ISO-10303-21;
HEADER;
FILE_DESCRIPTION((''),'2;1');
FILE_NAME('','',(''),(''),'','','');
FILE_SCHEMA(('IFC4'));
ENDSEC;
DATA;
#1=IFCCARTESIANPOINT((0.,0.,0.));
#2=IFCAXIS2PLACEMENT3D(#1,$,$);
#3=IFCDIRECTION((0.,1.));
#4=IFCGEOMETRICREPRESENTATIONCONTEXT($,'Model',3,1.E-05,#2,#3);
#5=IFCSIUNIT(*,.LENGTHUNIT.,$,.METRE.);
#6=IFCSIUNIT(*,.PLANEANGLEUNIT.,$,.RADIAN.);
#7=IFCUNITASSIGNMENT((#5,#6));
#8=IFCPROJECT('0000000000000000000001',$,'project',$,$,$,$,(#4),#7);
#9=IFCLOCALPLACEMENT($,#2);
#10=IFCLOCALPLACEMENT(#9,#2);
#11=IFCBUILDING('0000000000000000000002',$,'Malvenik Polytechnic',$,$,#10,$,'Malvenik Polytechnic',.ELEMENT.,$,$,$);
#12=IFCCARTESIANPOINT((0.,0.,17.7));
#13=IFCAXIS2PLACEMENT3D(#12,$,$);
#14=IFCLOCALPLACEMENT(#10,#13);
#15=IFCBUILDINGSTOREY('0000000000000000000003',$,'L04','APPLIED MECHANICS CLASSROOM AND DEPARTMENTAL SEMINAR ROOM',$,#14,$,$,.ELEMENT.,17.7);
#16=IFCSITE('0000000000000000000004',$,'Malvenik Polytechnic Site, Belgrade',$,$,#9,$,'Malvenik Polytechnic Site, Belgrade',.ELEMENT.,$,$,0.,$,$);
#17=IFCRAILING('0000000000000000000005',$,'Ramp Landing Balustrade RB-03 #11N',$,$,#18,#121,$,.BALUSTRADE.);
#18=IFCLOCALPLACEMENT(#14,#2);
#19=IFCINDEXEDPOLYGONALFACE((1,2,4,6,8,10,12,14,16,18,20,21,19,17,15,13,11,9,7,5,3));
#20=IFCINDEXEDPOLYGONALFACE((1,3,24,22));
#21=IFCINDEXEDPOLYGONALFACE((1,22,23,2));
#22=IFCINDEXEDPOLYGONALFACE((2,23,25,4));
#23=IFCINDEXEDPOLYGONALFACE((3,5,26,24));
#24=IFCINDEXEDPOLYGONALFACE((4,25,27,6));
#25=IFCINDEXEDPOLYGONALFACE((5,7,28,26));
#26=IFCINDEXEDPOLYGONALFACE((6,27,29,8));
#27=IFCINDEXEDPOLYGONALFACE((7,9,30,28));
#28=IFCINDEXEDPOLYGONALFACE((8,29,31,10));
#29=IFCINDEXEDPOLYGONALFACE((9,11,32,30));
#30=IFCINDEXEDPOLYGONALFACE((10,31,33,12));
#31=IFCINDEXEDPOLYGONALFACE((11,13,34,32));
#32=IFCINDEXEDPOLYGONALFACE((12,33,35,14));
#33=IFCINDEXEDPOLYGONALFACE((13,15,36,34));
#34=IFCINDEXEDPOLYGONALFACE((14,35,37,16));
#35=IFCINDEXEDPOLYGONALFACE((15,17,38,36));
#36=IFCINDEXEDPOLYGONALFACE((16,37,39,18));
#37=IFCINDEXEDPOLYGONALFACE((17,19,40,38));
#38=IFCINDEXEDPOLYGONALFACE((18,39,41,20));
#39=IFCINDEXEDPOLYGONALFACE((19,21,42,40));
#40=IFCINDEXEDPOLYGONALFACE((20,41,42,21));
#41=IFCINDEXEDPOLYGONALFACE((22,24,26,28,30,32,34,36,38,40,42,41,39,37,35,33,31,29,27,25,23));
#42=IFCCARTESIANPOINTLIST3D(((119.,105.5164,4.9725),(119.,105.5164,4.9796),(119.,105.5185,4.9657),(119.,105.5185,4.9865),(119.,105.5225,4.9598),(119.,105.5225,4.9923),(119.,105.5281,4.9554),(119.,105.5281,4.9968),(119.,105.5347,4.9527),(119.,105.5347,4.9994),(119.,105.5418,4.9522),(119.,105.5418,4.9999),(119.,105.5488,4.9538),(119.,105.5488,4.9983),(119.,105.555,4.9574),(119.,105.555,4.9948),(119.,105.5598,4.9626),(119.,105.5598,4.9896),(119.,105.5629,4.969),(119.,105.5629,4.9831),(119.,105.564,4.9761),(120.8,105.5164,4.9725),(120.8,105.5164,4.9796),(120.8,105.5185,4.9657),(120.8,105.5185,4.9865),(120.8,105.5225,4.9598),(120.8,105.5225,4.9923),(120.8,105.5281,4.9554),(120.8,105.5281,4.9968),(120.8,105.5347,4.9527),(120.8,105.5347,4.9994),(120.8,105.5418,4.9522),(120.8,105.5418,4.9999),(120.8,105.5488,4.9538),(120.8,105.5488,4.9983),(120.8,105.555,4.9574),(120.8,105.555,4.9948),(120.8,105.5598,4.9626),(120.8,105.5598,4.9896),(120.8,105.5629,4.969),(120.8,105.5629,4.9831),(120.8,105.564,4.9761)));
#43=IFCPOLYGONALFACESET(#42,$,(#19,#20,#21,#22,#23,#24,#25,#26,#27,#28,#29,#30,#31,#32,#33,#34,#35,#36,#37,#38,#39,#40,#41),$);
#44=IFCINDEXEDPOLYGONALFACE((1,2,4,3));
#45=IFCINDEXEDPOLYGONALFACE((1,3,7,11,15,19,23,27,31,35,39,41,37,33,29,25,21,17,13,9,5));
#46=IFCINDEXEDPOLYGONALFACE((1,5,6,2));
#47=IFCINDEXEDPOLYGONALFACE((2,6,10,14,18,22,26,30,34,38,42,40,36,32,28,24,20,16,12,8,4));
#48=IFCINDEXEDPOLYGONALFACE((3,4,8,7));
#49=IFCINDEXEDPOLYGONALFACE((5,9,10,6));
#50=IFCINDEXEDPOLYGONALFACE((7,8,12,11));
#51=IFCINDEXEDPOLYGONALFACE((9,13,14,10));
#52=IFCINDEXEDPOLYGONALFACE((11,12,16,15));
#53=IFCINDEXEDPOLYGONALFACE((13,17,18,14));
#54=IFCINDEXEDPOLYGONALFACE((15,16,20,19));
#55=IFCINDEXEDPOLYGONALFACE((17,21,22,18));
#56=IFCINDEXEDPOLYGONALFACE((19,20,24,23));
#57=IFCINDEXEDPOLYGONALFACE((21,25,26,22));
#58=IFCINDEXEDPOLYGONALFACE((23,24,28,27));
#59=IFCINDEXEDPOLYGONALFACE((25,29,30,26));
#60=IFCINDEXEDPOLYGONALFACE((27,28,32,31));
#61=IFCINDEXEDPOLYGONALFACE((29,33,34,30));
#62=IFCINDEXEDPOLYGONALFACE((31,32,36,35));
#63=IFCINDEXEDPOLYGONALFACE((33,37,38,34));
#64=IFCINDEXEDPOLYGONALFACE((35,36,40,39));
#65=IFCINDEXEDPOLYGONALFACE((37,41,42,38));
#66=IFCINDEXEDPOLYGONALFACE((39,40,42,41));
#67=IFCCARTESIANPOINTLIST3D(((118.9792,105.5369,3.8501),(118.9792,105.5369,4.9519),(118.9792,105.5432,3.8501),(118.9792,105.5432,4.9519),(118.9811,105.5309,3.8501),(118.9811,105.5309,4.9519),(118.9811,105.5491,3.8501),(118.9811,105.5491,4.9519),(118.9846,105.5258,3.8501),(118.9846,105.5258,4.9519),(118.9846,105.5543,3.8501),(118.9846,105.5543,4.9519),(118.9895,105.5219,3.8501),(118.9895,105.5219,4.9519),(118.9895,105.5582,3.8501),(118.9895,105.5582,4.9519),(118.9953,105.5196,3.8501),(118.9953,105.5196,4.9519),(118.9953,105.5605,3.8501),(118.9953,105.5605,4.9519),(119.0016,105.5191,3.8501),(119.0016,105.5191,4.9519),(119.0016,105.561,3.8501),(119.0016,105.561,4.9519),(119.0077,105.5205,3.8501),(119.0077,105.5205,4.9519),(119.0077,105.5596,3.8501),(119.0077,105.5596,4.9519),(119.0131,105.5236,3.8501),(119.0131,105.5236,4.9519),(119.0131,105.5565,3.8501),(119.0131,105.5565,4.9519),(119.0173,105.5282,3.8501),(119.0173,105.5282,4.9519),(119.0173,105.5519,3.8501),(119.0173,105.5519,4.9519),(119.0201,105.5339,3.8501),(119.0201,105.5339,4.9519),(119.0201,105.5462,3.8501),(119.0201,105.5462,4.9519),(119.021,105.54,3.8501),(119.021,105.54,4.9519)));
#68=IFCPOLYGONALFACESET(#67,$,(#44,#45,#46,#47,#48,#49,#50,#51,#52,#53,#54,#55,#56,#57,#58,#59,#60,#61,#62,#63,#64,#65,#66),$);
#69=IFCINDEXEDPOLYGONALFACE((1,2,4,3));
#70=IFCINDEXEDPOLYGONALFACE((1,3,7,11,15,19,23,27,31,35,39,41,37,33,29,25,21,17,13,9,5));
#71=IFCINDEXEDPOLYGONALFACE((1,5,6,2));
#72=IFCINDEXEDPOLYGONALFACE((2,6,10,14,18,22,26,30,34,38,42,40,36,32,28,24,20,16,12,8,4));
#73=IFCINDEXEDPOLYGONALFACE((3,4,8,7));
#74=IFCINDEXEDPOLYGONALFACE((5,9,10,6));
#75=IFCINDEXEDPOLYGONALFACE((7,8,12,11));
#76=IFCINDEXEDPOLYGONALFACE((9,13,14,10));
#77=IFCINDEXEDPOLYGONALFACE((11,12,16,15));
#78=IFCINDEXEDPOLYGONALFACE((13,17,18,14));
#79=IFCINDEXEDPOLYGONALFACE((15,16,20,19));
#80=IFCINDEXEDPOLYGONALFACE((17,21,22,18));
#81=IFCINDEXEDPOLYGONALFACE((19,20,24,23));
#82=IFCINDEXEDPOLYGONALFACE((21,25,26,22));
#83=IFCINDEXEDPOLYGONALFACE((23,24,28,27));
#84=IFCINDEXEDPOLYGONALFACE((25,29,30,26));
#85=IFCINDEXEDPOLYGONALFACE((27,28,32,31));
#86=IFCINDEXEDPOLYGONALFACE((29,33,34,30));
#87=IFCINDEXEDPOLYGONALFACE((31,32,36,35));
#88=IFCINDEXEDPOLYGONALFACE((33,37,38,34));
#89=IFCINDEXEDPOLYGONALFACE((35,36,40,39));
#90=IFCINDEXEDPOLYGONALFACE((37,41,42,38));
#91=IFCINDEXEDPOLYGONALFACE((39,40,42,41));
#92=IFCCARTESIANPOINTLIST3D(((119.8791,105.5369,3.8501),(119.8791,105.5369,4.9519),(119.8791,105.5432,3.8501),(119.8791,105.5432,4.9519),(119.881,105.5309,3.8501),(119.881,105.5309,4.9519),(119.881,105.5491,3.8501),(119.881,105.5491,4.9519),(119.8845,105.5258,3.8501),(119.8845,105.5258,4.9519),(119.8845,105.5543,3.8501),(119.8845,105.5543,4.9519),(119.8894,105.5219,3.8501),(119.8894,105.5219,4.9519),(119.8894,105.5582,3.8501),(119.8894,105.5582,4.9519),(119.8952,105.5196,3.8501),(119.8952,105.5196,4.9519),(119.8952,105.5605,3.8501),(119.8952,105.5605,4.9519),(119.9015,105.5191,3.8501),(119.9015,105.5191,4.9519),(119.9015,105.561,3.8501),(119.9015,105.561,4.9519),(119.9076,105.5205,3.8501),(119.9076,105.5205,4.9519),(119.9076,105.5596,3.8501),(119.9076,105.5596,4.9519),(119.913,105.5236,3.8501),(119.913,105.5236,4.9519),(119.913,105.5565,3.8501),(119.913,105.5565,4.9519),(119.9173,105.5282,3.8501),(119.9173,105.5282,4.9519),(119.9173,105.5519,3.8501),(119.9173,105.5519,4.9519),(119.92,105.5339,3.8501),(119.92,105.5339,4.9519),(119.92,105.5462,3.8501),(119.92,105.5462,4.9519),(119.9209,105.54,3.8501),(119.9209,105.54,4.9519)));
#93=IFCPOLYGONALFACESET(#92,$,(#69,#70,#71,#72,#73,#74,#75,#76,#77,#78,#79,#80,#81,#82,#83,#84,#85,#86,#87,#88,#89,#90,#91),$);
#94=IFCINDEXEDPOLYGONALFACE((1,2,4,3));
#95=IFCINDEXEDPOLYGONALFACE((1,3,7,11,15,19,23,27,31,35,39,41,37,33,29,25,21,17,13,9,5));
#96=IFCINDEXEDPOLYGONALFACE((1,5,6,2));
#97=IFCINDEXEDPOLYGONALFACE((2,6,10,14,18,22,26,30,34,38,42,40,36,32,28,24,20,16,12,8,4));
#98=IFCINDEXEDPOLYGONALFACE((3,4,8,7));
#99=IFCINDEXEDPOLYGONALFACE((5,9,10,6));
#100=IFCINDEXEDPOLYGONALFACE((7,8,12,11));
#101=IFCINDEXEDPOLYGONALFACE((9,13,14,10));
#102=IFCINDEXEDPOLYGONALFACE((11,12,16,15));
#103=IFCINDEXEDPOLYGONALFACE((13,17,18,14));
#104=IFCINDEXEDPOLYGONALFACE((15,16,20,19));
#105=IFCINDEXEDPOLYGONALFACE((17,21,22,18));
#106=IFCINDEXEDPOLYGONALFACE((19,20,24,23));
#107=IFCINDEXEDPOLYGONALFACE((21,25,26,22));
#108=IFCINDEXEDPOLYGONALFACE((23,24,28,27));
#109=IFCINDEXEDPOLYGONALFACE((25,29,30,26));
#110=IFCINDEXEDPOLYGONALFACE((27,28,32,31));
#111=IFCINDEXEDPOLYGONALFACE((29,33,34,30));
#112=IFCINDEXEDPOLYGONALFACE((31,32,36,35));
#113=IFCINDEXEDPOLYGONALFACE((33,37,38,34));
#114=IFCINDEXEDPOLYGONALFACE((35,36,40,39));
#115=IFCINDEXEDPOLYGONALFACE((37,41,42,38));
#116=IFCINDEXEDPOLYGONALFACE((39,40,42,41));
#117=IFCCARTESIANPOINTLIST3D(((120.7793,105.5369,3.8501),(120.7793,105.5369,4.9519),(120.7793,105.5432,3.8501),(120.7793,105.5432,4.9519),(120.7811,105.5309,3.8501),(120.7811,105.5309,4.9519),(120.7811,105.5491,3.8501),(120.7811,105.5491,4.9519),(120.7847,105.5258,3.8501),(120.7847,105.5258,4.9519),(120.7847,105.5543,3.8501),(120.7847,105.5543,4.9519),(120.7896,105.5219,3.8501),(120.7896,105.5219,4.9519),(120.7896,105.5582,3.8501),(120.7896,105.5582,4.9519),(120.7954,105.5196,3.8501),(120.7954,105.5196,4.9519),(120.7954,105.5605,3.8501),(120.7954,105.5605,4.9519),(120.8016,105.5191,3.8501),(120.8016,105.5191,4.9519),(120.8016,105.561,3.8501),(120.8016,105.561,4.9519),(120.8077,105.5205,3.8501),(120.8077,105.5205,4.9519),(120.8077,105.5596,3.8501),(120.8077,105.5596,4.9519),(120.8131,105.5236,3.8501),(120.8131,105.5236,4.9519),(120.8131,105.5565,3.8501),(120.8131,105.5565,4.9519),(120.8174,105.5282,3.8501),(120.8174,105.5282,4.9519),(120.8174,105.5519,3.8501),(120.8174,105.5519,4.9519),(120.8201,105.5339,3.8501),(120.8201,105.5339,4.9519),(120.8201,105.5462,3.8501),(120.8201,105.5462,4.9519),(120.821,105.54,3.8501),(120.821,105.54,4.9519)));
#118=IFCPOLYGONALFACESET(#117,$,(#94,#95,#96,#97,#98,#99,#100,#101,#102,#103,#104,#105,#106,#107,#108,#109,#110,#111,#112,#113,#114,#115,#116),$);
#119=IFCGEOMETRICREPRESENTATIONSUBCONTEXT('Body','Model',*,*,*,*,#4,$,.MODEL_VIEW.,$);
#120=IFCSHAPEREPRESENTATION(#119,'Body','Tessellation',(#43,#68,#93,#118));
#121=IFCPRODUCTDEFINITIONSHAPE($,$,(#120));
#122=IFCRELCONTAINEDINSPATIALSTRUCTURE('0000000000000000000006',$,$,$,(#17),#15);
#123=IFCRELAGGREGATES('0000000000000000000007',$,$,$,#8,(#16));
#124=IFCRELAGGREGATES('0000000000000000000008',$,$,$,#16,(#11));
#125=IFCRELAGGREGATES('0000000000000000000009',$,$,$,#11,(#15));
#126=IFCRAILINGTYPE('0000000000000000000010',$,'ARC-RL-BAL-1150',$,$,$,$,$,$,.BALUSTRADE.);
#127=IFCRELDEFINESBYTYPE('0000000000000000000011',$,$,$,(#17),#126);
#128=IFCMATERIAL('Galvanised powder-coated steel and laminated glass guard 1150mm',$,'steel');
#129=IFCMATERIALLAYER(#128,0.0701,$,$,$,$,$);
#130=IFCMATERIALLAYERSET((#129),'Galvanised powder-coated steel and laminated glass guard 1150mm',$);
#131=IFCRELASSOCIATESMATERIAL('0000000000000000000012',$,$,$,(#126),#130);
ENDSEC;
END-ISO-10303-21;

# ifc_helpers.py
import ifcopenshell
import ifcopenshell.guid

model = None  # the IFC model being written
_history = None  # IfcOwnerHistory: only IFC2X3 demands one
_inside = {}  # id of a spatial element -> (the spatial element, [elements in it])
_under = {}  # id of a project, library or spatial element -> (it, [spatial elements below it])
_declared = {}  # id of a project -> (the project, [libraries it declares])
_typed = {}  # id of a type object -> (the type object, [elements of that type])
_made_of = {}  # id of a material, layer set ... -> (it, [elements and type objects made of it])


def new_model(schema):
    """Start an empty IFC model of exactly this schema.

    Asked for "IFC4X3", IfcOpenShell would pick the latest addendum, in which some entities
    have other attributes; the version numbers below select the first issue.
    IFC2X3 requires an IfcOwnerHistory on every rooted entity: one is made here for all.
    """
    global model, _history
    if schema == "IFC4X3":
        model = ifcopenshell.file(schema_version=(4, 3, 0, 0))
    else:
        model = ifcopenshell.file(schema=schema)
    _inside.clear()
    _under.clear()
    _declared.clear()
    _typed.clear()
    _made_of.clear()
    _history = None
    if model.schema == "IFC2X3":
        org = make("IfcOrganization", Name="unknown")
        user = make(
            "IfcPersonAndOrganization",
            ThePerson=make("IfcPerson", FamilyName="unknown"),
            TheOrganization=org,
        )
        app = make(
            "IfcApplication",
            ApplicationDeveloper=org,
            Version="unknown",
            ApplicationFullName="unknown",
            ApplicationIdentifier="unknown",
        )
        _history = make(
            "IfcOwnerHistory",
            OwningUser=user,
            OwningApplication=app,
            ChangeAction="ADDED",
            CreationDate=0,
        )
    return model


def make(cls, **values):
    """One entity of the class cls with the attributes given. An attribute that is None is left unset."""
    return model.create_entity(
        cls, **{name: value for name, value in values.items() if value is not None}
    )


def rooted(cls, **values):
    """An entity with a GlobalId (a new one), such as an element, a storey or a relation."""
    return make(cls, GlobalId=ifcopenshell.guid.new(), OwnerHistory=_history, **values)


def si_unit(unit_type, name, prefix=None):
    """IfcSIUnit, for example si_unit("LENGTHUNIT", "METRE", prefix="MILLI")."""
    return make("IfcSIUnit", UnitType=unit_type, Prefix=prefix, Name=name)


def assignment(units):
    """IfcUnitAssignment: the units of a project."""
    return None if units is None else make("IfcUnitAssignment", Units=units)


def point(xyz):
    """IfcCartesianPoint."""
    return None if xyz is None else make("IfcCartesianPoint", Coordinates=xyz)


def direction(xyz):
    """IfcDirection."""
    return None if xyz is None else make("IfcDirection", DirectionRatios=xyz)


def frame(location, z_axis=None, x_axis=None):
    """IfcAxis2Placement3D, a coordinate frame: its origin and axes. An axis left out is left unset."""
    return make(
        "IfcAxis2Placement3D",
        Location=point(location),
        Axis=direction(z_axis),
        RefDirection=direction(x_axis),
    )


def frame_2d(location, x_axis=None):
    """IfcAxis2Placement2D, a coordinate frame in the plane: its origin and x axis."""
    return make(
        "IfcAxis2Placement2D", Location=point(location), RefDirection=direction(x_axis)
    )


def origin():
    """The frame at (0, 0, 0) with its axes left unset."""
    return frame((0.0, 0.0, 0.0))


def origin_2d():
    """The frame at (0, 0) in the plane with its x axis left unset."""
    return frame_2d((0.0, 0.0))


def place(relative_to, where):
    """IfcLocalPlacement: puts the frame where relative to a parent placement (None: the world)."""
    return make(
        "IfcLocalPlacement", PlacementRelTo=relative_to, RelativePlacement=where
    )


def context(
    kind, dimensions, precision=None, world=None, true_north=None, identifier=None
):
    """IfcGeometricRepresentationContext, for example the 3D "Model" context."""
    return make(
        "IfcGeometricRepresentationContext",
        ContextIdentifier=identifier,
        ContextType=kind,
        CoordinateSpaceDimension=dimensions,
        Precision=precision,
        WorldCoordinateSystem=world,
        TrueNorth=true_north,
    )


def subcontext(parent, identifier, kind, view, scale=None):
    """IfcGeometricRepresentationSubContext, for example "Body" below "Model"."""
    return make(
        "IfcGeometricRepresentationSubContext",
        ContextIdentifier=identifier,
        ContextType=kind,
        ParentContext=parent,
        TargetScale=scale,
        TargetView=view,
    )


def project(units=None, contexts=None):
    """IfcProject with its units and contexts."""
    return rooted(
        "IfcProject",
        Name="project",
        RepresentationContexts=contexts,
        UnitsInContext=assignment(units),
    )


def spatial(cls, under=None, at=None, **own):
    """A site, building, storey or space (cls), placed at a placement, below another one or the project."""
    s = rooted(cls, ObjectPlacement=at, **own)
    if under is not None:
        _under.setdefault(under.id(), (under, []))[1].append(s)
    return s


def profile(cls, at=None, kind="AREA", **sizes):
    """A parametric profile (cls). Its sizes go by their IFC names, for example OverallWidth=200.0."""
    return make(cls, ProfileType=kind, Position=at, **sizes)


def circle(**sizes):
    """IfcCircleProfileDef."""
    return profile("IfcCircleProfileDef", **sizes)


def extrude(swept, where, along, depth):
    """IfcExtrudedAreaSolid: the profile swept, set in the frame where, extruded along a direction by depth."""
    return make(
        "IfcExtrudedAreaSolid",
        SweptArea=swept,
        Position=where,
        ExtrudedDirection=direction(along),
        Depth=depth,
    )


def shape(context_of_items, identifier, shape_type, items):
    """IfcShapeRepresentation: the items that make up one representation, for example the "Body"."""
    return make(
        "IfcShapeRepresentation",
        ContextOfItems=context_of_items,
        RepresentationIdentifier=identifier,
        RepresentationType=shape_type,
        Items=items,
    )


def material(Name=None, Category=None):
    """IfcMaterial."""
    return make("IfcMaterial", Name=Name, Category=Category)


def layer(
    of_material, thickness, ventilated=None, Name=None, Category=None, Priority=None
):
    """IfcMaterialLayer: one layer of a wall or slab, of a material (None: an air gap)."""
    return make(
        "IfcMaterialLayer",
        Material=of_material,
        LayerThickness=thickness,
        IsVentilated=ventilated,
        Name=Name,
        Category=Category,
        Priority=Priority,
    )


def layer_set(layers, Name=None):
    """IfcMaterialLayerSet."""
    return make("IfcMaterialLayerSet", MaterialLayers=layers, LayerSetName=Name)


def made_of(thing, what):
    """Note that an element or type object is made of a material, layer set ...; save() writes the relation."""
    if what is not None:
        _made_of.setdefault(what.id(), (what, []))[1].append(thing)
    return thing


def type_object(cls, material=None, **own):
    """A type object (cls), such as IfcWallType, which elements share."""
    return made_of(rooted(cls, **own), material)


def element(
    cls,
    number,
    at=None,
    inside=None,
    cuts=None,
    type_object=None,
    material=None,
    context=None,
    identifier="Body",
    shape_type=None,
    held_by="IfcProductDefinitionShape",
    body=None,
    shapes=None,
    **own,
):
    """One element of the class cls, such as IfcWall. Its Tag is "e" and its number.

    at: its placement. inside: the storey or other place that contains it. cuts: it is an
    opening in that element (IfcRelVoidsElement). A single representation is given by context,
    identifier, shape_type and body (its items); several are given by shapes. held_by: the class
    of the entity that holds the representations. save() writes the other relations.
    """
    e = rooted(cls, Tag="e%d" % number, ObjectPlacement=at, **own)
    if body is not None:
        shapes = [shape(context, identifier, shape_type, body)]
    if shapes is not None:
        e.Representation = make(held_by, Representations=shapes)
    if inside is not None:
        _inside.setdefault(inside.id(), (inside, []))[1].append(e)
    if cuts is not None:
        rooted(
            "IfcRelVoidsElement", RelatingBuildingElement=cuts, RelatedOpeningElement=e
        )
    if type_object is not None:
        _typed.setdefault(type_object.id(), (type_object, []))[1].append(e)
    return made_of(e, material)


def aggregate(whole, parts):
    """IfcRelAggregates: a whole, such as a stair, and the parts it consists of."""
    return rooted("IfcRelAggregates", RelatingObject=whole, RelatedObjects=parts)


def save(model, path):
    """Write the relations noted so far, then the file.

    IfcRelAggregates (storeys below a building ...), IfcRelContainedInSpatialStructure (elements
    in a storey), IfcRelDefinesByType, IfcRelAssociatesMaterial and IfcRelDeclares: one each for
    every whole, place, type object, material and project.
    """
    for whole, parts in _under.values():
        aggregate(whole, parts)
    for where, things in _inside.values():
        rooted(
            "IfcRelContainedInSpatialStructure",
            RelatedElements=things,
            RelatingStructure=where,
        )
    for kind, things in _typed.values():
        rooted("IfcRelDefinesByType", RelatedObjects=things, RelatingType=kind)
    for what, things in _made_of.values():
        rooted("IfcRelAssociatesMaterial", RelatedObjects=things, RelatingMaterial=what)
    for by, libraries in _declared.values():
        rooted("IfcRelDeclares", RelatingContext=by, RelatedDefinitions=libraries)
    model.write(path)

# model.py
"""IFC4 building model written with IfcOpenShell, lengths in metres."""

from ifc_helpers import new_model, si_unit, direction, frame, origin, origin_2d, place, context, subcontext, project, spatial, circle, extrude, material, layer, layer_set, type_object, element, save


model = new_model("IFC4")

# Units and contexts
model_context = context("Model", 3, precision=1e-05, world=origin(), true_north=direction((0.0, 1.0)))
body_context = subcontext(model_context, "Body", "Model", "MODEL_VIEW")
ifc_project = project(units=[si_unit("LENGTHUNIT", "METRE"), si_unit("PLANEANGLEUNIT", "RADIAN")], contexts=[model_context])

# Site, building, storey
site_placement = place(None, origin())
site = spatial("IfcSite", under=ifc_project, at=site_placement, Name="Malvenik Polytechnic Site, Belgrade", LongName="Malvenik Polytechnic Site, Belgrade", CompositionType="ELEMENT", RefElevation=0.0)
building_placement = place(site_placement, origin())
building = spatial("IfcBuilding", under=site, at=building_placement, Name="Malvenik Polytechnic", LongName="Malvenik Polytechnic", CompositionType="ELEMENT")
storey_placement = place(building_placement, frame((0.0, 0.0, 17.7)))
storey = spatial("IfcBuildingStorey", under=building, at=storey_placement, Name="L04", Description="APPLIED MECHANICS CLASSROOM AND DEPARTMENTAL SEMINAR ROOM", CompositionType="ELEMENT", Elevation=17.7)

# Railing
ifc_material_1 = material(Name="Galvanised powder-coated steel and laminated glass guard 1150mm", Category="steel")
ifc_layer_1 = layer(ifc_material_1, 0.0701)
ifc_layer_set_1 = layer_set([ifc_layer_1], Name="Galvanised powder-coated steel and laminated glass guard 1150mm")
railing_type_1 = type_object("IfcRailingType", Name="ARC-RL-BAL-1150", PredefinedType="BALUSTRADE", material=ifc_layer_set_1)
railing_1_placement = place(storey_placement, frame((119.0, 105.54, 3.8501)))
element("IfcRailing", 1, at=railing_1_placement, inside=storey, type_object=railing_type_1, Name="Ramp Landing Balustrade RB-03 #11N", PredefinedType="BALUSTRADE", context=body_context, shape_type="SweptSolid", body=[
    extrude(circle(Radius=0.0239, at=origin_2d()), frame((0.0, 0.0, 1.126), z_axis=(1.0, 0.0, 0.0), x_axis=(0.0, 1.0, 0.0)), (0.0, 0.0, 1.0), 1.8),
    extrude(circle(Radius=0.021, at=origin_2d()), origin(), (0.0, 0.0, 1.0), 1.1018),
    extrude(circle(Radius=0.021, at=origin_2d()), frame((0.8999, 0.0, 0.0)), (0.0, 0.0, 1.0), 1.1018),
    extrude(circle(Radius=0.021, at=origin_2d()), frame((1.8, 0.0, 0.0)), (0.0, 0.0, 1.0), 1.1018),
])

save(model, "model.ifc")
